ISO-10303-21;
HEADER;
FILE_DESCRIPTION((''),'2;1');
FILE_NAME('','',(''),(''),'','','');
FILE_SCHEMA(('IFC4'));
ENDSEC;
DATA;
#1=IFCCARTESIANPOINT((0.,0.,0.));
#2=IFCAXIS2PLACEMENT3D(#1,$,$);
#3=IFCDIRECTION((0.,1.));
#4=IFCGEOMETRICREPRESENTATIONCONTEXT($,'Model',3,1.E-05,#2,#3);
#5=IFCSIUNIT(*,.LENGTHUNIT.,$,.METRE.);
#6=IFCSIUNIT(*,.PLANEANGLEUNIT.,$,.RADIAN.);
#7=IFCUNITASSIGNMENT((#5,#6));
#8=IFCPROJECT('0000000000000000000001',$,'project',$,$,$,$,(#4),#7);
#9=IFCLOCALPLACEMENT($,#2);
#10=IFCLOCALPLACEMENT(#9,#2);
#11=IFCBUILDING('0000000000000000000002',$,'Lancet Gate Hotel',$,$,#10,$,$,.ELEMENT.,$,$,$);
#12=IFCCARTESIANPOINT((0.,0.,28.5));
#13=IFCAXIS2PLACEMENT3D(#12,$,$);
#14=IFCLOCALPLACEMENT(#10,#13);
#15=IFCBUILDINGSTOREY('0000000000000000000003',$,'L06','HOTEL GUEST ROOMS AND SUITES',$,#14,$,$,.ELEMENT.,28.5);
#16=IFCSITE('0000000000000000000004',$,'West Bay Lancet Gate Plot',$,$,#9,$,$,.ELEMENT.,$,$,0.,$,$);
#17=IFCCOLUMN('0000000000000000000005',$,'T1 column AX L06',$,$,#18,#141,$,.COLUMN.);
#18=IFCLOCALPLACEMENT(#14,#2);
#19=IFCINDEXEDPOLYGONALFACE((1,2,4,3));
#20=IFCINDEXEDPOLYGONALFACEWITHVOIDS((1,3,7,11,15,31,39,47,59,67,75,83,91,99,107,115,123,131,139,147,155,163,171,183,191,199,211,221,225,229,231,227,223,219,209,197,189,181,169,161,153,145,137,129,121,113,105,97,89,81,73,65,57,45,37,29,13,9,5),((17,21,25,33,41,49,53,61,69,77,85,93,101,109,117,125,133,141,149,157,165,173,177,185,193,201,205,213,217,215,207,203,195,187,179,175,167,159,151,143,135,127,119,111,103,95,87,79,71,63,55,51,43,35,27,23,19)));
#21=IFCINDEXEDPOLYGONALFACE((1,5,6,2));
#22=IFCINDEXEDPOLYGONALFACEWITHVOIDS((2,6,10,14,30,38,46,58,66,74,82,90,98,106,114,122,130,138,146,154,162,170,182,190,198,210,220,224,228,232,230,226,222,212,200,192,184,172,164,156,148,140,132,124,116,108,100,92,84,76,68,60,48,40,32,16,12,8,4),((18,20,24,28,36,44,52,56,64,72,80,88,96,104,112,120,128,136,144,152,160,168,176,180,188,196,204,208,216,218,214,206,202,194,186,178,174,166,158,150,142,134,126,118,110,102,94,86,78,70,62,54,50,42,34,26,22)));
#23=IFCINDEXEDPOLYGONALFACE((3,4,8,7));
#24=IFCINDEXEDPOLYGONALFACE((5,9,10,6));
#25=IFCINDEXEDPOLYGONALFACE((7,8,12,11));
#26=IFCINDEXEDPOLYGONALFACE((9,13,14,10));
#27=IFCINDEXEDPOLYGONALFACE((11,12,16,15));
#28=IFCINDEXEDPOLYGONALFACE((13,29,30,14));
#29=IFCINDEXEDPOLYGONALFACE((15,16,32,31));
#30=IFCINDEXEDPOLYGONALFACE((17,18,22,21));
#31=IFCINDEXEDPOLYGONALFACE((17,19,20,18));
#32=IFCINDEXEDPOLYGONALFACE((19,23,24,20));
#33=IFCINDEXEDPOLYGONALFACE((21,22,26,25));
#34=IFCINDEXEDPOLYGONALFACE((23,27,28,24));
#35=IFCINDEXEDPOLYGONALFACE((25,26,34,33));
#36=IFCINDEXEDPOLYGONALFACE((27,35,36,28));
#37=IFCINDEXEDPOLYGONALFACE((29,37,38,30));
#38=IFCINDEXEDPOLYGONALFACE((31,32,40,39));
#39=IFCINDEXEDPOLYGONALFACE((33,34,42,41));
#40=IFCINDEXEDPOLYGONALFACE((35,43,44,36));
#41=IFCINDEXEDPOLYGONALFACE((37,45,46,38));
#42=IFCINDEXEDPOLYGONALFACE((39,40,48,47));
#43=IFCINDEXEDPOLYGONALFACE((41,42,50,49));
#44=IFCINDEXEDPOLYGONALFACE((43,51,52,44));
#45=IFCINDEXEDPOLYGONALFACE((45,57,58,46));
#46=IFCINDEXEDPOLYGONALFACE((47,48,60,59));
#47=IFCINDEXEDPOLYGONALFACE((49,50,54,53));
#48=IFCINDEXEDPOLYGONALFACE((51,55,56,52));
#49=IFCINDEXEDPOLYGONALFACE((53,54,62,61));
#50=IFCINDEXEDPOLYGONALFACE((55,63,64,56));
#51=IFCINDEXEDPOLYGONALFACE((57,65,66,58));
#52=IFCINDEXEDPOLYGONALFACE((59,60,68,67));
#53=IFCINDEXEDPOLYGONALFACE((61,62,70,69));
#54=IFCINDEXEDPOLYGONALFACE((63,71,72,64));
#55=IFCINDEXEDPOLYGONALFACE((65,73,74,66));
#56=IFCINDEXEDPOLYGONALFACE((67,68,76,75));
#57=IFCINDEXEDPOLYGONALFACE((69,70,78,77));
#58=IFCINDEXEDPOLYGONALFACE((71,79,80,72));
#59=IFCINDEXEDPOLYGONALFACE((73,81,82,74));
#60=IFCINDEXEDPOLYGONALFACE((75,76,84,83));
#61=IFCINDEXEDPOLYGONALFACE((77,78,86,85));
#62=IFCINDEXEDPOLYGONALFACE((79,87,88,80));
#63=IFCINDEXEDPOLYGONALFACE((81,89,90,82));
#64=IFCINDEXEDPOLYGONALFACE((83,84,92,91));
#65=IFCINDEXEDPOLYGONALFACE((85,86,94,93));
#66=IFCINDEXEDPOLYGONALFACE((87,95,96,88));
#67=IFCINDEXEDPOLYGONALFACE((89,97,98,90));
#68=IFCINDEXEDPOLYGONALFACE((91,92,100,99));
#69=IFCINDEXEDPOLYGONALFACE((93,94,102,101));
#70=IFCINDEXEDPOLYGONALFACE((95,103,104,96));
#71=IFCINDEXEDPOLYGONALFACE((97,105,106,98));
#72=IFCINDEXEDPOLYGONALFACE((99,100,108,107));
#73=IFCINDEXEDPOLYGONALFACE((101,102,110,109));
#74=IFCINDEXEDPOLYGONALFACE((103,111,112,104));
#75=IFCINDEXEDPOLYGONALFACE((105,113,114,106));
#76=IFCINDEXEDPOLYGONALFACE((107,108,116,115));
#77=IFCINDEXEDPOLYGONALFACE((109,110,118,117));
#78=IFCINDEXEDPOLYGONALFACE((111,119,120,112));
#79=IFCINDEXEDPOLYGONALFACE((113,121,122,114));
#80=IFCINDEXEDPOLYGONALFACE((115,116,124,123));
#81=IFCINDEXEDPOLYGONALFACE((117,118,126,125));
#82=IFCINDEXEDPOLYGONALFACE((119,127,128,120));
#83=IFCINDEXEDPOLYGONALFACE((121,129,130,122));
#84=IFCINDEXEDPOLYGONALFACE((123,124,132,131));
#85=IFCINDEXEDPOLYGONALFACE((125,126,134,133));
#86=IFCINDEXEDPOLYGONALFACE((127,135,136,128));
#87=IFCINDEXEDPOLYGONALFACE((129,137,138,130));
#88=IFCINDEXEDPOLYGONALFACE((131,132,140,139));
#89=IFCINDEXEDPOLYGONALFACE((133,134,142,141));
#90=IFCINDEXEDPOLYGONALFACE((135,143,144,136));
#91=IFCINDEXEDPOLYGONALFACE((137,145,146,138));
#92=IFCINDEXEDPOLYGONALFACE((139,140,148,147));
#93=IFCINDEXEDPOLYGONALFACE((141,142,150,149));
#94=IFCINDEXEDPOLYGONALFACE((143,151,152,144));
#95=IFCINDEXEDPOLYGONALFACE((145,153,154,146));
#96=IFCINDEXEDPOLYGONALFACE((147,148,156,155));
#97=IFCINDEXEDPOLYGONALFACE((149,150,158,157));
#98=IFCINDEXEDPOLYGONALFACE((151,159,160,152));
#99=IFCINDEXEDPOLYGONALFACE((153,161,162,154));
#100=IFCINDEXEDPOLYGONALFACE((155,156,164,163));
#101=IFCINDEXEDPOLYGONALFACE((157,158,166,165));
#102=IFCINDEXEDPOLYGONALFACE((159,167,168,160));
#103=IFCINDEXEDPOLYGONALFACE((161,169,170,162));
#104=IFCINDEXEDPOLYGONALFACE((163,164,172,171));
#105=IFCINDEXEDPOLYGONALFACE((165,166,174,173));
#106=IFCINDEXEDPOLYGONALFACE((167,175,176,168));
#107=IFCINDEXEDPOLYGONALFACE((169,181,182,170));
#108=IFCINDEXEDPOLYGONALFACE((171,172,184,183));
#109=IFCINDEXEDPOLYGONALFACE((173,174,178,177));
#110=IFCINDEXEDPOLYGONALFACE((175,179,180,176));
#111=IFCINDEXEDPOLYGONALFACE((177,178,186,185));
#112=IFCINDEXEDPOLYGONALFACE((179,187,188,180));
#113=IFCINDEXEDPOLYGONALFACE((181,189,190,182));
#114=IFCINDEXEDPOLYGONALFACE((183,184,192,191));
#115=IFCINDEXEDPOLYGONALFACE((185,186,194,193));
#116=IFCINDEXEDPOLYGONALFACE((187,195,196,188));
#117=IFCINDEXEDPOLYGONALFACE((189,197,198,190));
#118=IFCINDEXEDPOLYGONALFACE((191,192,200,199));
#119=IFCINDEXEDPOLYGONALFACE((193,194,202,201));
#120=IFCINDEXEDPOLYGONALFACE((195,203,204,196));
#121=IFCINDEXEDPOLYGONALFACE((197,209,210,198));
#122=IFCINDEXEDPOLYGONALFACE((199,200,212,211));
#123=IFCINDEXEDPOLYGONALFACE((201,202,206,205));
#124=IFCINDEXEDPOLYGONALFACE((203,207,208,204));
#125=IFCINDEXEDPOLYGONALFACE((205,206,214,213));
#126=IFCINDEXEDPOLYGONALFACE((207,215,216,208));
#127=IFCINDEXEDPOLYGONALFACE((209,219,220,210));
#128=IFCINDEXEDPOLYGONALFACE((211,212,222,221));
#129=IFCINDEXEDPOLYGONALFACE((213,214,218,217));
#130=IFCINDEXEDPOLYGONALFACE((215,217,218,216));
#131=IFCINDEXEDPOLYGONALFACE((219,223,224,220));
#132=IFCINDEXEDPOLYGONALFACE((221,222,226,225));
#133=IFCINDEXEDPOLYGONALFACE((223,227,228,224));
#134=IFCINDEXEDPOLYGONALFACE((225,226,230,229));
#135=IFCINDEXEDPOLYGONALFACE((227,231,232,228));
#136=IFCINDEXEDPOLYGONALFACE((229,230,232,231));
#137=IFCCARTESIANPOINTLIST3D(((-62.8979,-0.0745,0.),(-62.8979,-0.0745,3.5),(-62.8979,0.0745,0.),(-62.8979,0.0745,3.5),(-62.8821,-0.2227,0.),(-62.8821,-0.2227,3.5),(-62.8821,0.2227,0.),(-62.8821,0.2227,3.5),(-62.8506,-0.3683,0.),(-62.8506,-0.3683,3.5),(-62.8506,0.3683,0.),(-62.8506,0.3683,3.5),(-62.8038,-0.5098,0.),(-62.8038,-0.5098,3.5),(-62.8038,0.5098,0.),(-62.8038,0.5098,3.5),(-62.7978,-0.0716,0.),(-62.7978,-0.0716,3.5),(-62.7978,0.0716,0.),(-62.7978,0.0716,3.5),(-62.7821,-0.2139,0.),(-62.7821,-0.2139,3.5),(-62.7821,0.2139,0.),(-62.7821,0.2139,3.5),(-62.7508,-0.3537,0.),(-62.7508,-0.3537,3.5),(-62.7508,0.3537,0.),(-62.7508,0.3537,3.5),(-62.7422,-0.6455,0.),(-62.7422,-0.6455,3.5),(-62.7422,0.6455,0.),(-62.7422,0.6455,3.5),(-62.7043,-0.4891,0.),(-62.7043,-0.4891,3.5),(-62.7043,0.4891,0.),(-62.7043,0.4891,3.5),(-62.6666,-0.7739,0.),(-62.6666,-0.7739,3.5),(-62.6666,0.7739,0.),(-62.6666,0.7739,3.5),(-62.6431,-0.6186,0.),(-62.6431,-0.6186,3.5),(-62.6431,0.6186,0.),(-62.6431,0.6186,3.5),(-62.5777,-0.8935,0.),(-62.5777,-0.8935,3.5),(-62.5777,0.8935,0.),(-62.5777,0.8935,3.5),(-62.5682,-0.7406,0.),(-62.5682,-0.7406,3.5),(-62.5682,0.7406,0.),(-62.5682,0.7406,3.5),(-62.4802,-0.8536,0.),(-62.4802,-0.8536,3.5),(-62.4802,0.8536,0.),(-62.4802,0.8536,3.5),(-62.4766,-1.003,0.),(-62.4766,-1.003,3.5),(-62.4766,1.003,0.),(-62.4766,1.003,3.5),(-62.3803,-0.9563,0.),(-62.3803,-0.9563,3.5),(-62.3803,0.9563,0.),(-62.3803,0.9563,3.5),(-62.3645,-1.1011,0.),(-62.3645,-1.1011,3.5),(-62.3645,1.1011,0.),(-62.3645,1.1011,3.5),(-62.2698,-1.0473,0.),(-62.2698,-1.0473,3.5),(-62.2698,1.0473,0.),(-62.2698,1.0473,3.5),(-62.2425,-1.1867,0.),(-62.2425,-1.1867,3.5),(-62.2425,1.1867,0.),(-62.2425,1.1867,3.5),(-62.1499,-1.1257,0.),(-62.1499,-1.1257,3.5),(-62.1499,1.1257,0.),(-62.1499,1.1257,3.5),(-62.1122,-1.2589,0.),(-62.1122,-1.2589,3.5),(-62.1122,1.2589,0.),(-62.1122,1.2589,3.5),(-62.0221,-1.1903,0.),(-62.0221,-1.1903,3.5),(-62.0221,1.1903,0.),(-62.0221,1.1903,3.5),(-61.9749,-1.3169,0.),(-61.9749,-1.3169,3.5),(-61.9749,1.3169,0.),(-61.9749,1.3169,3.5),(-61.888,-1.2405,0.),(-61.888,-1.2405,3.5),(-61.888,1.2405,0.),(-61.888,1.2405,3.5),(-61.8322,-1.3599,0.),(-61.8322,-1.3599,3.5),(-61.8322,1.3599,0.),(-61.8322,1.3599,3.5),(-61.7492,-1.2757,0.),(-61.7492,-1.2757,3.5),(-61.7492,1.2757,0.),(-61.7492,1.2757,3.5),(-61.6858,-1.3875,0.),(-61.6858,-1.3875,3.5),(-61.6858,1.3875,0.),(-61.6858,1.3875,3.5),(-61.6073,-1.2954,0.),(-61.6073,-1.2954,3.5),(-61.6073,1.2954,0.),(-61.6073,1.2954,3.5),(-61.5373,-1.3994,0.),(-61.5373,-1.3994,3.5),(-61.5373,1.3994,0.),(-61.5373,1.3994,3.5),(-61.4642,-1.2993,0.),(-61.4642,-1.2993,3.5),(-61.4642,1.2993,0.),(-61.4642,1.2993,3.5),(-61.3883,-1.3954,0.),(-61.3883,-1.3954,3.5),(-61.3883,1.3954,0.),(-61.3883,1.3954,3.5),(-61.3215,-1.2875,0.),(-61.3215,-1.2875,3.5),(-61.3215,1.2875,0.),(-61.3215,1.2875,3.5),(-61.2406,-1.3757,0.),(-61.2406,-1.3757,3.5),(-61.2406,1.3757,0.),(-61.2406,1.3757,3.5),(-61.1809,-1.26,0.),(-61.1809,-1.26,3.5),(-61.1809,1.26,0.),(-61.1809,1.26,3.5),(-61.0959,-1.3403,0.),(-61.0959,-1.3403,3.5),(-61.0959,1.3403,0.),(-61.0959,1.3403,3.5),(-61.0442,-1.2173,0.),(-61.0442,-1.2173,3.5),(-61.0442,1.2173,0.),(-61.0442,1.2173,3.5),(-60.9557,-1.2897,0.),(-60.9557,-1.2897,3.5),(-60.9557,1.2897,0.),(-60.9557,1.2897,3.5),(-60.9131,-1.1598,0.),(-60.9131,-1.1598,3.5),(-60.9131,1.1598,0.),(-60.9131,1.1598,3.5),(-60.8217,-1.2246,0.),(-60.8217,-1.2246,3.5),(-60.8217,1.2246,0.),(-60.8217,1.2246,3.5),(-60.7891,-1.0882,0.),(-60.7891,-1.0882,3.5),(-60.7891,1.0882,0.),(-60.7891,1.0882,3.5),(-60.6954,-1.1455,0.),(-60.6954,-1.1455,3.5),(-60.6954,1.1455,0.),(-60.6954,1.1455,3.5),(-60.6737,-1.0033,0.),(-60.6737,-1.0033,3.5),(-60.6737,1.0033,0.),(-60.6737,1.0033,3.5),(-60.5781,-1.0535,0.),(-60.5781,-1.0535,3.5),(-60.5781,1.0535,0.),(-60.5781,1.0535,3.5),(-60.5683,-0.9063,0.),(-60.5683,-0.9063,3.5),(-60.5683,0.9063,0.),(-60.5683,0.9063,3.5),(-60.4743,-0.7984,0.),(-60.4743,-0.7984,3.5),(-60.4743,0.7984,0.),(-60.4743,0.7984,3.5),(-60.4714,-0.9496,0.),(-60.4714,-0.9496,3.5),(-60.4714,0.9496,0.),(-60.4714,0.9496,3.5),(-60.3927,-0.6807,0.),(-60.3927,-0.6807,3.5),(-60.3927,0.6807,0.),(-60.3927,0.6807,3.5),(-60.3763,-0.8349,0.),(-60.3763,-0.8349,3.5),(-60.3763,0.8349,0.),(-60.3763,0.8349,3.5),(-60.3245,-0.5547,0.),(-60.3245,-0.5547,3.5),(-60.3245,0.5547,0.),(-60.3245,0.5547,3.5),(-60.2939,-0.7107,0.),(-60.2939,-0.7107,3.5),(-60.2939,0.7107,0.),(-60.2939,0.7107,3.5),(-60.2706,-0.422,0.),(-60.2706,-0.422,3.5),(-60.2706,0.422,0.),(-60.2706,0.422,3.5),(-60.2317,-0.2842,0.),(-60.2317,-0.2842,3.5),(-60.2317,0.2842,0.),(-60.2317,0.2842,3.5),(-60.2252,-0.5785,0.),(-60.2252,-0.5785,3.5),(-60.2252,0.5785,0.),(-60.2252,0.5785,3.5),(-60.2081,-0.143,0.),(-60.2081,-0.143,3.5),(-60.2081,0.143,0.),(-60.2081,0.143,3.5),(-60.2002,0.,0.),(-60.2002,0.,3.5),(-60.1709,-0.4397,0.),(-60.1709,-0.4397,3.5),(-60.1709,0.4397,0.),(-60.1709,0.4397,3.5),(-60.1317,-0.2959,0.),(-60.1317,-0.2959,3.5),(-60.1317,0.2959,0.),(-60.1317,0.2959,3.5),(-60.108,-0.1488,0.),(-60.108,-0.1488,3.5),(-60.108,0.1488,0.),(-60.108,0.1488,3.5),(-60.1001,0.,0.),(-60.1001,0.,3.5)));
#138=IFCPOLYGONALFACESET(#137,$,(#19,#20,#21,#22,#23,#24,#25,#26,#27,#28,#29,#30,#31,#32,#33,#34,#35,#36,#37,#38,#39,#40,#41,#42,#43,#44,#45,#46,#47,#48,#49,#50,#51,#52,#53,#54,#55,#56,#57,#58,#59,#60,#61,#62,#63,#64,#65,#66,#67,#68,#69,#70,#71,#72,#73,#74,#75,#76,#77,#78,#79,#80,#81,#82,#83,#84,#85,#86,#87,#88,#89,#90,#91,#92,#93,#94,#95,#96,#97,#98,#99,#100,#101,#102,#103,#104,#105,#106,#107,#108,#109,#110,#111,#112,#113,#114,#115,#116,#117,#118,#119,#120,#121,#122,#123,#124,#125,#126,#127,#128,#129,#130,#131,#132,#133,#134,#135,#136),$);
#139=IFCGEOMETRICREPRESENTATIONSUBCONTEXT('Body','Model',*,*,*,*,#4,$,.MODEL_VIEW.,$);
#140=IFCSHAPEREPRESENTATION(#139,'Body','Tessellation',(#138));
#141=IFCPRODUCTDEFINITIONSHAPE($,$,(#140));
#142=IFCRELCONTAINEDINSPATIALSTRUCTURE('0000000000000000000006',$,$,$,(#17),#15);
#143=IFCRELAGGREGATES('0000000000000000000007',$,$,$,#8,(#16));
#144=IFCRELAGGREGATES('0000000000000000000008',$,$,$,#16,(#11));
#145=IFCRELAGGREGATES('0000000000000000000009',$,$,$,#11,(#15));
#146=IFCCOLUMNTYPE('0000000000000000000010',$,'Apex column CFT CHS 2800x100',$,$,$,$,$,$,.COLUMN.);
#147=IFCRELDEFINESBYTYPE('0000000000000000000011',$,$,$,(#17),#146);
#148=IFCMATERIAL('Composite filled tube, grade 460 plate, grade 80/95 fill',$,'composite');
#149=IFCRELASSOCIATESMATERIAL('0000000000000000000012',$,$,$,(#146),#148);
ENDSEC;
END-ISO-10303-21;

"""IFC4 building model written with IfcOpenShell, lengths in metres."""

from ifc_helpers import new_model, si_unit, direction, frame, origin, origin_2d, place, context, subcontext, project, spatial, hollow_circle, extrude, material, material_profile, profile_set, type_object, element, save


model = new_model("IFC4")

# Units and contexts
model_context = context("Model", 3, precision=1e-05, world=origin(), true_north=direction((0.0, 1.0)))
body_context = subcontext(model_context, "Body", "Model", "MODEL_VIEW")
ifc_project = project(units=[si_unit("LENGTHUNIT", "METRE"), si_unit("PLANEANGLEUNIT", "RADIAN")], contexts=[model_context])

# Site, building, storey
site_placement = place(None, origin())
site = spatial("IfcSite", under=ifc_project, at=site_placement, Name="West Bay Lancet Gate Plot", CompositionType="ELEMENT", RefElevation=0.0)
building_placement = place(site_placement, origin())
building = spatial("IfcBuilding", under=site, at=building_placement, Name="Lancet Gate Hotel", CompositionType="ELEMENT")
storey_placement = place(building_placement, frame((0.0, 0.0, 28.5)))
storey = spatial("IfcBuildingStorey", under=building, at=storey_placement, Name="L06", Description="HOTEL GUEST ROOMS AND SUITES", CompositionType="ELEMENT", Elevation=28.5)

# Column
ifc_material_1 = material(Name="Composite filled tube, grade 460 plate, grade 80/95 fill", Category="composite")
ifc_material_profile_1 = material_profile(ifc_material_1, hollow_circle(Radius=1.3999, WallThickness=0.1001, at=origin_2d()), Name="CHS 2800x100")
ifc_profile_set_1 = profile_set([ifc_material_profile_1], Name="Composite filled tube, grade 460 plate, grade 80/95 fill")
column_type_1 = type_object("IfcColumnType", Name="Apex column CFT CHS 2800x100", PredefinedType="COLUMN", material=ifc_profile_set_1)
column_1_placement = place(storey_placement, frame((-61.5, 0.0, 0.0), z_axis=(0.0, 0.0, 1.0), x_axis=(1.0, 0.0, 0.0)))
element("IfcColumn", 1, at=column_1_placement, inside=storey, type_object=column_type_1, Name="T1 column AX L06", PredefinedType="COLUMN", context=body_context, shape_type="SweptSolid", body=[
    extrude(hollow_circle(Radius=1.3999, WallThickness=0.1001, at=origin_2d()), origin(), (0.0, 0.0, 1.0), 3.5),
])

save(model, "model.ifc")
